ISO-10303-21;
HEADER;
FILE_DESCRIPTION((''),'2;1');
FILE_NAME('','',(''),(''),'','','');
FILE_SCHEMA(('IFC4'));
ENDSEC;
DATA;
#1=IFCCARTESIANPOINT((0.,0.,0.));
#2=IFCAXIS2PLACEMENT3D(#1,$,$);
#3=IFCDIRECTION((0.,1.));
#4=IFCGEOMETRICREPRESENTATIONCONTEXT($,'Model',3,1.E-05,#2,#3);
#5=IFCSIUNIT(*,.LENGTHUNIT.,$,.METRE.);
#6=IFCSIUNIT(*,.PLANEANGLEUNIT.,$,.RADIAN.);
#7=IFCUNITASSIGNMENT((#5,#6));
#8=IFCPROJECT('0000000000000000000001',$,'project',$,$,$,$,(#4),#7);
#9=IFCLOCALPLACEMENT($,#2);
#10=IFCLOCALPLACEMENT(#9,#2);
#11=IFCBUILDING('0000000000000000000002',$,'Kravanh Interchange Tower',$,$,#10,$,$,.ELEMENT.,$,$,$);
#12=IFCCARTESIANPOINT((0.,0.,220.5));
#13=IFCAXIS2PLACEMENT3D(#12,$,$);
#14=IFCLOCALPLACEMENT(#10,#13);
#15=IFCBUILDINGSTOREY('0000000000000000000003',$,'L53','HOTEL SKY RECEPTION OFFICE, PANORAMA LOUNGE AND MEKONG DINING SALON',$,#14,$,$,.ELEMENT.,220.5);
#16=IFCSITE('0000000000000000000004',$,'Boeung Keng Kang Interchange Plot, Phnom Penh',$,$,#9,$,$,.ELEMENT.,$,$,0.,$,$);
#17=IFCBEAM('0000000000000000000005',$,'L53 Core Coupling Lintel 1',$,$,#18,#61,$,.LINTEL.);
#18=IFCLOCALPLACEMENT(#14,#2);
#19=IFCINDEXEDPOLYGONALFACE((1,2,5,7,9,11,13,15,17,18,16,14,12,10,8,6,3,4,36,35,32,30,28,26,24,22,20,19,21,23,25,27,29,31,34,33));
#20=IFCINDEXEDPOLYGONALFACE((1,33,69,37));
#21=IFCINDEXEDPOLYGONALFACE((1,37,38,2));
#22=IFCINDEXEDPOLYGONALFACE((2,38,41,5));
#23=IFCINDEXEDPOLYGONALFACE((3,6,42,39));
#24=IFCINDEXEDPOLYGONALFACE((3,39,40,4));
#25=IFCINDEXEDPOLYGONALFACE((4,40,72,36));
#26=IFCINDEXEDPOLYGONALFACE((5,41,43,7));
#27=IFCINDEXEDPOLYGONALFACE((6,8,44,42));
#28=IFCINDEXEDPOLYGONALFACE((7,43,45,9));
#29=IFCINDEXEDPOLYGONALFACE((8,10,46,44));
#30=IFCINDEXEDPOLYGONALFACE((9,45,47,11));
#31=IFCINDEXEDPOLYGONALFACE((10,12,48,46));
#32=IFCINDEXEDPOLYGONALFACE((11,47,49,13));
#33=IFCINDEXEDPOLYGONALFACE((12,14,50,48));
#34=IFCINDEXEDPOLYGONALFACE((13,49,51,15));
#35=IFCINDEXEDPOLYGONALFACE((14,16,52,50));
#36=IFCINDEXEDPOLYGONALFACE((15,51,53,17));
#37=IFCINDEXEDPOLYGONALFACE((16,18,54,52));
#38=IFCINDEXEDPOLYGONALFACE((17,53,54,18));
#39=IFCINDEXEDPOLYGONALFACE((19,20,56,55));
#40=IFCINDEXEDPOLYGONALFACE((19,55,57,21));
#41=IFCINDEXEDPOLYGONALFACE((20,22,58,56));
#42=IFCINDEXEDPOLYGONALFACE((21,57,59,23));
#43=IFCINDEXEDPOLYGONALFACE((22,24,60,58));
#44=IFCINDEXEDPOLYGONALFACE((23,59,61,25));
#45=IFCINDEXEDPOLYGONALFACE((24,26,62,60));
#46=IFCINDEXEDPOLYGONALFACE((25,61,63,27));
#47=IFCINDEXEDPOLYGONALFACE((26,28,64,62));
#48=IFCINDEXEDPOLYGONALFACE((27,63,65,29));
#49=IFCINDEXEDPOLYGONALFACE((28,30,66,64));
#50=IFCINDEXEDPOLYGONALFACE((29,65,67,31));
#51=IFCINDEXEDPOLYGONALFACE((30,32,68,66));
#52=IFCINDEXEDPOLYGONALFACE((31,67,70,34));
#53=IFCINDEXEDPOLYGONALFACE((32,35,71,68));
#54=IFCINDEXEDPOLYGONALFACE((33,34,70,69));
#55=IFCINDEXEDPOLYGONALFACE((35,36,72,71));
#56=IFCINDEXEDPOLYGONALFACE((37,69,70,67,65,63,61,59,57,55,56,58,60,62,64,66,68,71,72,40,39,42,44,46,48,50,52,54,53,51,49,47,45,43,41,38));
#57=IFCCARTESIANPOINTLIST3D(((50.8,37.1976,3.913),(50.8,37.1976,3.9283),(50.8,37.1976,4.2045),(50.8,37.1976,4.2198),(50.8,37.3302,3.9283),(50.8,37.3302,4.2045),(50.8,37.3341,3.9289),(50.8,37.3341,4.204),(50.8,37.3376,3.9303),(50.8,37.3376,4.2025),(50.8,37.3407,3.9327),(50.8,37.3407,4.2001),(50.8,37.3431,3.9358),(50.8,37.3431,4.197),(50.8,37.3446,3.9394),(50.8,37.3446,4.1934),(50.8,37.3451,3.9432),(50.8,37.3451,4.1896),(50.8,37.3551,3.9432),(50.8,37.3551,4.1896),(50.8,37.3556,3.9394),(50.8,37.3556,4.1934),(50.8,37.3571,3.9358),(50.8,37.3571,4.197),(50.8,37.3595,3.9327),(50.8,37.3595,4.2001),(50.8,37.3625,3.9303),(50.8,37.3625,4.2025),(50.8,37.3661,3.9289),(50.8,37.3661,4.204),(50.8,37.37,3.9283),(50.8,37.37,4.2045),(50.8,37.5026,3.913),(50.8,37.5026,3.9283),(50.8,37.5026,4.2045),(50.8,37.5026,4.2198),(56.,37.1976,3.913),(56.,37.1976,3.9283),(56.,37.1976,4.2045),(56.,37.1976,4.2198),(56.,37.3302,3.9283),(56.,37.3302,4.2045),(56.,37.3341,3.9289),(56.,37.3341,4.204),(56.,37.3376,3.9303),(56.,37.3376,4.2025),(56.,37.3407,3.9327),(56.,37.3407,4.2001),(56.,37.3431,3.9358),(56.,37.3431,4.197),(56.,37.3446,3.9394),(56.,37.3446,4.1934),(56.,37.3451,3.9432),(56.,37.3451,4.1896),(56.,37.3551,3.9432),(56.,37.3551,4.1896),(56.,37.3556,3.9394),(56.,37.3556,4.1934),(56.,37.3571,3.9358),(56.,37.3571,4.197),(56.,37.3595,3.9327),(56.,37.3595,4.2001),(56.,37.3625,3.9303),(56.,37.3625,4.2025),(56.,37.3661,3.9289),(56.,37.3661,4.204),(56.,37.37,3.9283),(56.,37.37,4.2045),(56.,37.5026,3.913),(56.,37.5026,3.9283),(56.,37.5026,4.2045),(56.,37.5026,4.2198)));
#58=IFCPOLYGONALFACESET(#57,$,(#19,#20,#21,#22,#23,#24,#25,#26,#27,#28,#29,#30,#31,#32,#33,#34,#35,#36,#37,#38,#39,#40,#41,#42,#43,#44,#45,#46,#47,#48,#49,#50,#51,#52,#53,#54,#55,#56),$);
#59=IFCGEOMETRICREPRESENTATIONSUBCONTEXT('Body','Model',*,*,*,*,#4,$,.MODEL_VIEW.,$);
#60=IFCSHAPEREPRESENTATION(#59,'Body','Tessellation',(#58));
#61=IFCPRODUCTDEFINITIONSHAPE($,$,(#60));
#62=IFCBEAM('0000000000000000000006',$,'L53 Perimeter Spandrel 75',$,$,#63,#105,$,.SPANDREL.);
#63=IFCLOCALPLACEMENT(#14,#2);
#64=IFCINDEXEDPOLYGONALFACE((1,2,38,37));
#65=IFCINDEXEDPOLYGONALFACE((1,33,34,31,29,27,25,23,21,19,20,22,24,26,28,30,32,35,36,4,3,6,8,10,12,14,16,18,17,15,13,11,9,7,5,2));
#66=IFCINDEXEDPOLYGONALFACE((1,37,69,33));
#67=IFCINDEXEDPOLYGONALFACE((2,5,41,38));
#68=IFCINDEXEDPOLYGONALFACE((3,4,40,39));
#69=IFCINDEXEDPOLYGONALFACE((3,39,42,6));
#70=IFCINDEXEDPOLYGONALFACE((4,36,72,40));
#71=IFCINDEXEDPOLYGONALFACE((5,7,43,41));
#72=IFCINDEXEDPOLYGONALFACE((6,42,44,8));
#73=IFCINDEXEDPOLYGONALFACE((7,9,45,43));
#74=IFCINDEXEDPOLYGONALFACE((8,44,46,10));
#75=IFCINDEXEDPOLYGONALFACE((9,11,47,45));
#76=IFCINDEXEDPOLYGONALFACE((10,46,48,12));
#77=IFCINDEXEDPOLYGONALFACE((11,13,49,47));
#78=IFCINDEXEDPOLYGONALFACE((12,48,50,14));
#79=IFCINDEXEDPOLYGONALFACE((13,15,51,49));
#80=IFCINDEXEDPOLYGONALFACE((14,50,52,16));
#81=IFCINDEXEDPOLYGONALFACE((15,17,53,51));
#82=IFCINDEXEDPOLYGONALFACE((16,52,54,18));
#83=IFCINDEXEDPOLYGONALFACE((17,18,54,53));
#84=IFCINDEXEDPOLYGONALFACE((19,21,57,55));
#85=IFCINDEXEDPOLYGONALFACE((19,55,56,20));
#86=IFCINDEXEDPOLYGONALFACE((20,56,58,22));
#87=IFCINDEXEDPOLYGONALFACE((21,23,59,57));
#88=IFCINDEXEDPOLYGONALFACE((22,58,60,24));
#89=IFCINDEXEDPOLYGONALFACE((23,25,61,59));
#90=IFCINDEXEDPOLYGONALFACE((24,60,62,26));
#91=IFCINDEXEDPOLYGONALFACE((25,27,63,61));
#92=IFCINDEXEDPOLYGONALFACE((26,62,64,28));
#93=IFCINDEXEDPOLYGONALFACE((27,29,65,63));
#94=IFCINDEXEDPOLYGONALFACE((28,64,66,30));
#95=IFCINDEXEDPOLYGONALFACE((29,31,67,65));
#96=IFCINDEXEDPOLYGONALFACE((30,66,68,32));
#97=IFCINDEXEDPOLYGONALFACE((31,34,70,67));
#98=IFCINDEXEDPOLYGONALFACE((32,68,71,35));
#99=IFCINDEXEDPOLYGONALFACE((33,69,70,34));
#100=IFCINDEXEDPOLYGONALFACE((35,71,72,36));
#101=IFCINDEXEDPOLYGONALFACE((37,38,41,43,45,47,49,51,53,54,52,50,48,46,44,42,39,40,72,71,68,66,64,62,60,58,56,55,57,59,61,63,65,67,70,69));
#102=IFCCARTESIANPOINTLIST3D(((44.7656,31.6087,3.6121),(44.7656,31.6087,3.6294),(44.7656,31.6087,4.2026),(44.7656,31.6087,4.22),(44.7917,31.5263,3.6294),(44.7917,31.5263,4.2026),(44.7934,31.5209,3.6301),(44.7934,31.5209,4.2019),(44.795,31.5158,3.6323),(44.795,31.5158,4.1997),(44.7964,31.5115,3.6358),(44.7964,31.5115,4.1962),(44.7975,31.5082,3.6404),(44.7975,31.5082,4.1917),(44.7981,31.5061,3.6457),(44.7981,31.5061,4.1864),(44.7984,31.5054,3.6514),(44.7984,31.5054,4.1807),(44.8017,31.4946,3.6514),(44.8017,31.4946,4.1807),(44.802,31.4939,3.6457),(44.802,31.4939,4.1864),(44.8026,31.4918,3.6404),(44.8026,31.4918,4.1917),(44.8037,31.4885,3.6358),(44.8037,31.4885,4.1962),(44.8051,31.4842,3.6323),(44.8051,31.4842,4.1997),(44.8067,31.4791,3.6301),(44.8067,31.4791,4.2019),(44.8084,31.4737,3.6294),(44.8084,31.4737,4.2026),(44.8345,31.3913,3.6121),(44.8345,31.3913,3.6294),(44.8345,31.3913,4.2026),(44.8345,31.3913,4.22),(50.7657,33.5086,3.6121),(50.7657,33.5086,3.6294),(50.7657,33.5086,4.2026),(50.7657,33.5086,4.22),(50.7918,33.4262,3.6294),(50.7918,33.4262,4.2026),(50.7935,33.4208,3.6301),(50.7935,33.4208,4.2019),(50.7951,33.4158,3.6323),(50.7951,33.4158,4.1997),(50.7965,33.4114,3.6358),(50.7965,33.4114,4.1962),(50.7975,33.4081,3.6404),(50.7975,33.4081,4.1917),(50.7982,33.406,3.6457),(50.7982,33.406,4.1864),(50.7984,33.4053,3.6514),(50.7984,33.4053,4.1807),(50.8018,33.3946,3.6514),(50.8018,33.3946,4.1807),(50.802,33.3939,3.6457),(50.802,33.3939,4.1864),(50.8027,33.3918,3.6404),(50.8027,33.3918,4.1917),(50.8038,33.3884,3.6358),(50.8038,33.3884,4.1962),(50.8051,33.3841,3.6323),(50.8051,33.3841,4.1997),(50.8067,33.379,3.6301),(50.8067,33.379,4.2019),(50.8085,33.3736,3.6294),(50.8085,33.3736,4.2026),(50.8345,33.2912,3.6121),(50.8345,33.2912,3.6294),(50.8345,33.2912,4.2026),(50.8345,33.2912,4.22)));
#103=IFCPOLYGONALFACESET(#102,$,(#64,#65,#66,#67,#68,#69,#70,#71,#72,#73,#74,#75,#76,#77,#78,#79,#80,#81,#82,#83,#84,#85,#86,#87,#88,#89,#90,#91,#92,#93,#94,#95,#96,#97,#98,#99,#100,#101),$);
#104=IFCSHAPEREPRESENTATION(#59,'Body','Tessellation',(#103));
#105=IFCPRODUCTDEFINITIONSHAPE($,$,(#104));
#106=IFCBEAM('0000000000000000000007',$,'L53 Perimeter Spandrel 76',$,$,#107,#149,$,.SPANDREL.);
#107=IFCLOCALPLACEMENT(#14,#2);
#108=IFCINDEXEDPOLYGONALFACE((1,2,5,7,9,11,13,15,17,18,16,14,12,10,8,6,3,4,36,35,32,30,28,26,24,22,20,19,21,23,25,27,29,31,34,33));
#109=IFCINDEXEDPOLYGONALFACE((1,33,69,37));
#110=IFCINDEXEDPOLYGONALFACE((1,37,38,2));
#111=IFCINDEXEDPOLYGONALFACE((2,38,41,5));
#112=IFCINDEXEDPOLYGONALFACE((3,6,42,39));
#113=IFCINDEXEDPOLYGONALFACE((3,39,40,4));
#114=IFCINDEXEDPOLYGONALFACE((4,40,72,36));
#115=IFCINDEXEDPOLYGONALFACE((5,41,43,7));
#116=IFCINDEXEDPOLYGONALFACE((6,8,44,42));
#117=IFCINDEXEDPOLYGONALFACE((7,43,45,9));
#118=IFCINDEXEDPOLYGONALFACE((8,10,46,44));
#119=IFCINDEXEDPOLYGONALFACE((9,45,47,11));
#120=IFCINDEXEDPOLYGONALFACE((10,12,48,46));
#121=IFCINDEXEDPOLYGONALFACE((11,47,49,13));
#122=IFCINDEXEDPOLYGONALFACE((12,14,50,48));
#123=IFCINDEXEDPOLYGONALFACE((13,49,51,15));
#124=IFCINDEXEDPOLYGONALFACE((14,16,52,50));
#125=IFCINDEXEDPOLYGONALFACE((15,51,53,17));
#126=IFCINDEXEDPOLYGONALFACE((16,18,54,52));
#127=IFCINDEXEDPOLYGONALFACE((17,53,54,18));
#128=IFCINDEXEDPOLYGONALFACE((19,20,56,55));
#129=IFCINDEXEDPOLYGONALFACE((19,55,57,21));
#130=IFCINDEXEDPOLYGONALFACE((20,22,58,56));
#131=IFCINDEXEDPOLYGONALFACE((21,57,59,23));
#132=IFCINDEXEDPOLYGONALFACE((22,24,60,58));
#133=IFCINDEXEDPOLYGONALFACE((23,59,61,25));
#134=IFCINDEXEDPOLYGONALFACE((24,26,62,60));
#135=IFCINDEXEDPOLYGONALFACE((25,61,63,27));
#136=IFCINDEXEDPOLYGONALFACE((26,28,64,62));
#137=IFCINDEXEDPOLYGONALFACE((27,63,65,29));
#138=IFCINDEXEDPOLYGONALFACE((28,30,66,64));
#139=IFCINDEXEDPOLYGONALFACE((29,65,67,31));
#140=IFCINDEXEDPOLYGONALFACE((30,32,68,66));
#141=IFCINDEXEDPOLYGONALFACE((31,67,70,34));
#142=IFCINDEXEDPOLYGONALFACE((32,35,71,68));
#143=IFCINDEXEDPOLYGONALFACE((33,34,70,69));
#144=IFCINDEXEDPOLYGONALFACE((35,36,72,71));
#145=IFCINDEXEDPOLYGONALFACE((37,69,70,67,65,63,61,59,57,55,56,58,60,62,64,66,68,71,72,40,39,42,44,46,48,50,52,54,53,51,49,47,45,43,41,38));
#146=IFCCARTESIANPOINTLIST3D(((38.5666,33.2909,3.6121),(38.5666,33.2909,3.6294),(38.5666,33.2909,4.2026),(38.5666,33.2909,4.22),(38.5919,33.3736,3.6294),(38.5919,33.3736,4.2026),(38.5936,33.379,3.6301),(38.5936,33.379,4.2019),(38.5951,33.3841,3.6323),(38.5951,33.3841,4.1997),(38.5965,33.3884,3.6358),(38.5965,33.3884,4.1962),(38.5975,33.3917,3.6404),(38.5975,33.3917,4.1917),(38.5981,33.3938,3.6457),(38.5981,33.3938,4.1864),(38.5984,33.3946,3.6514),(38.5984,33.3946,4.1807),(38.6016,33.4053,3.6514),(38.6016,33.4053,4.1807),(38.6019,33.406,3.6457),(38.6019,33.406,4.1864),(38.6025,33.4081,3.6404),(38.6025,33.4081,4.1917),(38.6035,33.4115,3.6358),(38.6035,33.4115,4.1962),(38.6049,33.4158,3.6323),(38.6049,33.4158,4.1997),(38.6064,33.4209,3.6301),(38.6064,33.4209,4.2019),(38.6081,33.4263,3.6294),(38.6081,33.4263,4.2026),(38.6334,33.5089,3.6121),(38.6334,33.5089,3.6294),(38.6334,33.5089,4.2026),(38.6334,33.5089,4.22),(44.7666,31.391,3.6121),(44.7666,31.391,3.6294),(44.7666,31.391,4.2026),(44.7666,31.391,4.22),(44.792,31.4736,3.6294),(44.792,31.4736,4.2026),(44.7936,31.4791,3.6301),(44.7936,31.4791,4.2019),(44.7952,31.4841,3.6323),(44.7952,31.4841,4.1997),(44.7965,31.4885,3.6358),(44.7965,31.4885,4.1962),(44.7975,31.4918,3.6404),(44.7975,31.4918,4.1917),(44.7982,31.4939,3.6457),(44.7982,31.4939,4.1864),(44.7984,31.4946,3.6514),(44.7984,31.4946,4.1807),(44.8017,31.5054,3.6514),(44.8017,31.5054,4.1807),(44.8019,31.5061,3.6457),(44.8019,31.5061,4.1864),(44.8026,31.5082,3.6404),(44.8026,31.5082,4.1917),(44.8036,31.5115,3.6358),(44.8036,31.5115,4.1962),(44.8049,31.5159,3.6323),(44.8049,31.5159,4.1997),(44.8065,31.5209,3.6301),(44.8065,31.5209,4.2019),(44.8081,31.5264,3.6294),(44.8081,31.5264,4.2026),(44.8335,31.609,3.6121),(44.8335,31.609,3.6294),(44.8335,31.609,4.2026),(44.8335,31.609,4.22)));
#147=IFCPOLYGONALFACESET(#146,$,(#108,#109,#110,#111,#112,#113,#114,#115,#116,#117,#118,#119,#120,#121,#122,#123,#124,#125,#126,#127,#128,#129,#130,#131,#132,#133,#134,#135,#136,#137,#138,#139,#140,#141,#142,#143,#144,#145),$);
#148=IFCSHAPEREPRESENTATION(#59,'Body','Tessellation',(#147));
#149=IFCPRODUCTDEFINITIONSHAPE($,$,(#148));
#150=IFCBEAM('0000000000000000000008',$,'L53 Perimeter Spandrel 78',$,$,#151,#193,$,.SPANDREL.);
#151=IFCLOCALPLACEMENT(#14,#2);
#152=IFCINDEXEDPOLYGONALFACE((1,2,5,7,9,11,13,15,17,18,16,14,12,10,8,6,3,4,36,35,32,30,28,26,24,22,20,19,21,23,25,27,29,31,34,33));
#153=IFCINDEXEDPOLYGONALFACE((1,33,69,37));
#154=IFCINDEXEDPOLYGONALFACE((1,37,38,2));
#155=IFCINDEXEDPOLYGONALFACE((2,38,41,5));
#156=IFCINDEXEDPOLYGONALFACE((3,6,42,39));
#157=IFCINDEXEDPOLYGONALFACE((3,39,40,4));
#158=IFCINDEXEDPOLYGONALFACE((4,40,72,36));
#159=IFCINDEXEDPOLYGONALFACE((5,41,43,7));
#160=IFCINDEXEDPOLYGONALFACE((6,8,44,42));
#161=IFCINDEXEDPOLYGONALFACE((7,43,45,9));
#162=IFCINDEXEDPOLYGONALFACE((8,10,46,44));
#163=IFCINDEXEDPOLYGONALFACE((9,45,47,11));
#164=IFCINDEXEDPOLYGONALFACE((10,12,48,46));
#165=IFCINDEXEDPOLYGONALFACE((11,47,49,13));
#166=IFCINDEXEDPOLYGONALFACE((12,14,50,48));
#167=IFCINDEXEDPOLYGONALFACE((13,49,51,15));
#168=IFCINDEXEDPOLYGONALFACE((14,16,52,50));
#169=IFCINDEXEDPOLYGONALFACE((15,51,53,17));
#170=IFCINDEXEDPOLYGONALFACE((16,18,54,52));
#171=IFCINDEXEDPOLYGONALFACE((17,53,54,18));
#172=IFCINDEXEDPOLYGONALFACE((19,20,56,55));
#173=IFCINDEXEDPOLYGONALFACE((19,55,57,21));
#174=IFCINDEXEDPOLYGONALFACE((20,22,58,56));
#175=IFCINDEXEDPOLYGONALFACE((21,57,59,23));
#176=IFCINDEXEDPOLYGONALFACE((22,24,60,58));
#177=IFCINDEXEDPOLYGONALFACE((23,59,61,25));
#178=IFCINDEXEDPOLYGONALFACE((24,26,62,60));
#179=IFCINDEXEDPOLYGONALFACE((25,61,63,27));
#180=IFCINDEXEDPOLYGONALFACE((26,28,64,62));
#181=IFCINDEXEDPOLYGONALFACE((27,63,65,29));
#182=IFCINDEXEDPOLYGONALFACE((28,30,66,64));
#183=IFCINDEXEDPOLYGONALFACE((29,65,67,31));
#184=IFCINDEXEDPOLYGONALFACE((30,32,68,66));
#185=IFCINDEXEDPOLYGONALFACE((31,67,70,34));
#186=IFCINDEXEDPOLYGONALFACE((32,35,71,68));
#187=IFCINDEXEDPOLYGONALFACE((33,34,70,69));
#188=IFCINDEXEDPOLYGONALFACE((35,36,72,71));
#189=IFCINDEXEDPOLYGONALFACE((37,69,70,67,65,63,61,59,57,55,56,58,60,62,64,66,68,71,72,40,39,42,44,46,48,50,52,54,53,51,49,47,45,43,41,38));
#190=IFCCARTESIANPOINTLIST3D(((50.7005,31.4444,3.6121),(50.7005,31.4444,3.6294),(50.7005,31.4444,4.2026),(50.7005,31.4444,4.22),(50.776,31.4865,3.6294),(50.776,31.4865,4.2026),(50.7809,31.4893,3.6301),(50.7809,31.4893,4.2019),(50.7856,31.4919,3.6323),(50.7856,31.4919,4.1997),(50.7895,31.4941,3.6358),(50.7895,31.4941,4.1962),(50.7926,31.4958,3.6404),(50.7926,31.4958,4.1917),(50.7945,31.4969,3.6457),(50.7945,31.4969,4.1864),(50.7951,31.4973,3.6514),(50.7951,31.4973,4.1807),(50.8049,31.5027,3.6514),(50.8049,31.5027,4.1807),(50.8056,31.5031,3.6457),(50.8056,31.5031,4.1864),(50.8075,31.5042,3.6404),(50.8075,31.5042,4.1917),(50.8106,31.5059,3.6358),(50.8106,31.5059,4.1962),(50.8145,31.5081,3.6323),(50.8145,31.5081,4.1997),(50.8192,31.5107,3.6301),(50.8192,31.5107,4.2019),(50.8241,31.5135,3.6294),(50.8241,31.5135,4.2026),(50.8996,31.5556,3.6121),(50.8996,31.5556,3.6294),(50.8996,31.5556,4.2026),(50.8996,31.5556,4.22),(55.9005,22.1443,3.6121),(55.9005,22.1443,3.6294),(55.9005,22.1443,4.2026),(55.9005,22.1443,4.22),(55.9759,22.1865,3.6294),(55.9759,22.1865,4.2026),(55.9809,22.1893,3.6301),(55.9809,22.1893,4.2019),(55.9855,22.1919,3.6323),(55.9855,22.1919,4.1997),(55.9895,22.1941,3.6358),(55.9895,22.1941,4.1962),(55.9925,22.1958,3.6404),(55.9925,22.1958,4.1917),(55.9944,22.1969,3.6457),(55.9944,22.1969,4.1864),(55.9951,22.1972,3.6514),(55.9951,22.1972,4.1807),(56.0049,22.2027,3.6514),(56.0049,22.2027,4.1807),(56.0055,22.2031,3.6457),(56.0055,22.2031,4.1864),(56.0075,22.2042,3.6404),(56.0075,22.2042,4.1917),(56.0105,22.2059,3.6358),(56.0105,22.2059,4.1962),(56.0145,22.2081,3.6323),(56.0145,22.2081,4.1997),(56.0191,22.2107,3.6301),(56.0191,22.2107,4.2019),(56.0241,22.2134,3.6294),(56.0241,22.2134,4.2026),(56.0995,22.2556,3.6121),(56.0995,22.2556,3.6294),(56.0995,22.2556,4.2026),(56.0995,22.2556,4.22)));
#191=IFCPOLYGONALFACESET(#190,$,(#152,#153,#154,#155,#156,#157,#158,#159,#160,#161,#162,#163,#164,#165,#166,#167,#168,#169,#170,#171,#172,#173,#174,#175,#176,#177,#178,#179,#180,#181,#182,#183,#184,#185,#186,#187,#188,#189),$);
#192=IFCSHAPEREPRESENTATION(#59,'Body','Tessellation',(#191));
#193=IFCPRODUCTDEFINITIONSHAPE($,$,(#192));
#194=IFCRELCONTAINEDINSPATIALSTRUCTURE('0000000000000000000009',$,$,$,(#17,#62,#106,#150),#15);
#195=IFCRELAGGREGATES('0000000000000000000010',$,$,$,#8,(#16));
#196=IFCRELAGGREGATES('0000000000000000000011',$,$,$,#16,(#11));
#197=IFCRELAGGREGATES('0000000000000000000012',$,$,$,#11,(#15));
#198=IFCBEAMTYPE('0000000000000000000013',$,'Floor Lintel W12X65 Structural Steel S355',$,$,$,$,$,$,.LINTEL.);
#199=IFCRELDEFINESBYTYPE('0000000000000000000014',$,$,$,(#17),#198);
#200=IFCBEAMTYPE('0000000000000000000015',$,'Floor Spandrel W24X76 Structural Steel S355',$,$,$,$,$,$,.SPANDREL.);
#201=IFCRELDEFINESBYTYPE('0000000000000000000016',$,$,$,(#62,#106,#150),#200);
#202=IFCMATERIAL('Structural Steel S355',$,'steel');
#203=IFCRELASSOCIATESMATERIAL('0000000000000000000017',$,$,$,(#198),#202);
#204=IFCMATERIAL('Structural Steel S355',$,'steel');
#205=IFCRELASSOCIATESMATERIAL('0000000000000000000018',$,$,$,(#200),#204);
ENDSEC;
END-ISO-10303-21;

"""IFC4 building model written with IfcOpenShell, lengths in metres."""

from ifc_helpers import new_model, si_unit, direction, frame, origin, origin_2d, place, context, subcontext, project, spatial, i_section, extrude, material, material_profile, profile_set, type_object, element, save


model = new_model("IFC4")

# Units and contexts
model_context = context("Model", 3, precision=1e-05, world=origin(), true_north=direction((0.0, 1.0)))
body_context = subcontext(model_context, "Body", "Model", "MODEL_VIEW")
ifc_project = project(units=[si_unit("LENGTHUNIT", "METRE"), si_unit("PLANEANGLEUNIT", "RADIAN")], contexts=[model_context])

# Site, building, storey
site_placement = place(None, origin())
site = spatial("IfcSite", under=ifc_project, at=site_placement, Name="Boeung Keng Kang Interchange Plot, Phnom Penh", CompositionType="ELEMENT", RefElevation=0.0)
building_placement = place(site_placement, origin())
building = spatial("IfcBuilding", under=site, at=building_placement, Name="Kravanh Interchange Tower", CompositionType="ELEMENT")
storey_placement = place(building_placement, frame((0.0, 0.0, 220.5)))
storey = spatial("IfcBuildingStorey", under=building, at=storey_placement, Name="L53", Description="HOTEL SKY RECEPTION OFFICE, PANORAMA LOUNGE AND MEKONG DINING SALON", CompositionType="ELEMENT", Elevation=220.5)

# Beams
ifc_material_1 = material(Name="Structural Steel S355", Category="steel")
ifc_material_profile_1 = material_profile(ifc_material_1, i_section(OverallWidth=0.3049, OverallDepth=0.3069, WebThickness=0.01, FlangeThickness=0.0154, FilletRadius=0.0149, at=origin_2d()), Name="W12X65")
ifc_profile_set_1 = profile_set([ifc_material_profile_1], Name="Structural Steel S355")
beam_type_1 = type_object("IfcBeamType", Name="Floor Lintel W12X65 Structural Steel S355", PredefinedType="LINTEL", material=ifc_profile_set_1)
beam_1_placement = place(storey_placement, frame((50.8, 37.3501, 4.0664), z_axis=(1.0, 0.0, 0.0), x_axis=(0.0, 1.0, 0.0)))
element("IfcBeam", 1, at=beam_1_placement, inside=storey, type_object=beam_type_1, Name="L53 Core Coupling Lintel 1", PredefinedType="LINTEL", context=body_context, shape_type="SweptSolid", body=[
    extrude(i_section(OverallWidth=0.3049, OverallDepth=0.3069, WebThickness=0.01, FlangeThickness=0.0154, FilletRadius=0.0149, at=origin_2d()), origin(), (0.0, 0.0, 1.0), 5.2),
])
ifc_material_2 = material(Name="Structural Steel S355", Category="steel")
ifc_material_profile_2 = material_profile(ifc_material_2, i_section(OverallWidth=0.228, OverallDepth=0.6079, WebThickness=0.0112, FlangeThickness=0.0173, FilletRadius=0.022, at=origin_2d()), Name="W24X76")
ifc_profile_set_2 = profile_set([ifc_material_profile_2], Name="Structural Steel S355")
beam_type_2 = type_object("IfcBeamType", Name="Floor Spandrel W24X76 Structural Steel S355", PredefinedType="SPANDREL", material=ifc_profile_set_2)
beam_2_placement = place(storey_placement, frame((44.8, 31.5, 3.916), z_axis=(0.953347, 0.301878, 0.0), x_axis=(-0.301878, 0.953347, 0.0)))
element("IfcBeam", 2, at=beam_2_placement, inside=storey, type_object=beam_type_2, Name="L53 Perimeter Spandrel 75", PredefinedType="SPANDREL", context=body_context, shape_type="SweptSolid", body=[
    extrude(i_section(OverallWidth=0.228, OverallDepth=0.6079, WebThickness=0.0112, FlangeThickness=0.0173, FilletRadius=0.022, at=origin_2d()), origin(), (0.0, 0.0, 1.0), 6.2937),
])
beam_3_placement = place(storey_placement, frame((44.8, 31.5, 3.916), z_axis=(-0.956115, 0.29299, 0.0), x_axis=(-0.29299, -0.956115, 0.0)))
element("IfcBeam", 3, at=beam_3_placement, inside=storey, type_object=beam_type_2, Name="L53 Perimeter Spandrel 76", PredefinedType="SPANDREL", context=body_context, shape_type="SweptSolid", body=[
    extrude(i_section(OverallWidth=0.228, OverallDepth=0.6079, WebThickness=0.0112, FlangeThickness=0.0173, FilletRadius=0.022, at=origin_2d()), origin(), (0.0, 0.0, 1.0), 6.4846),
])
beam_4_placement = place(storey_placement, frame((50.8, 31.5, 3.916), z_axis=(0.488026, -0.872829, 0.0), x_axis=(0.872829, 0.488026, 0.0)))
element("IfcBeam", 4, at=beam_4_placement, inside=storey, type_object=beam_type_2, Name="L53 Perimeter Spandrel 78", PredefinedType="SPANDREL", context=body_context, shape_type="SweptSolid", body=[
    extrude(i_section(OverallWidth=0.228, OverallDepth=0.6079, WebThickness=0.0112, FlangeThickness=0.0173, FilletRadius=0.022, at=origin_2d()), origin(), (0.0, 0.0, 1.0), 10.655),
])

save(model, "model.ifc")
